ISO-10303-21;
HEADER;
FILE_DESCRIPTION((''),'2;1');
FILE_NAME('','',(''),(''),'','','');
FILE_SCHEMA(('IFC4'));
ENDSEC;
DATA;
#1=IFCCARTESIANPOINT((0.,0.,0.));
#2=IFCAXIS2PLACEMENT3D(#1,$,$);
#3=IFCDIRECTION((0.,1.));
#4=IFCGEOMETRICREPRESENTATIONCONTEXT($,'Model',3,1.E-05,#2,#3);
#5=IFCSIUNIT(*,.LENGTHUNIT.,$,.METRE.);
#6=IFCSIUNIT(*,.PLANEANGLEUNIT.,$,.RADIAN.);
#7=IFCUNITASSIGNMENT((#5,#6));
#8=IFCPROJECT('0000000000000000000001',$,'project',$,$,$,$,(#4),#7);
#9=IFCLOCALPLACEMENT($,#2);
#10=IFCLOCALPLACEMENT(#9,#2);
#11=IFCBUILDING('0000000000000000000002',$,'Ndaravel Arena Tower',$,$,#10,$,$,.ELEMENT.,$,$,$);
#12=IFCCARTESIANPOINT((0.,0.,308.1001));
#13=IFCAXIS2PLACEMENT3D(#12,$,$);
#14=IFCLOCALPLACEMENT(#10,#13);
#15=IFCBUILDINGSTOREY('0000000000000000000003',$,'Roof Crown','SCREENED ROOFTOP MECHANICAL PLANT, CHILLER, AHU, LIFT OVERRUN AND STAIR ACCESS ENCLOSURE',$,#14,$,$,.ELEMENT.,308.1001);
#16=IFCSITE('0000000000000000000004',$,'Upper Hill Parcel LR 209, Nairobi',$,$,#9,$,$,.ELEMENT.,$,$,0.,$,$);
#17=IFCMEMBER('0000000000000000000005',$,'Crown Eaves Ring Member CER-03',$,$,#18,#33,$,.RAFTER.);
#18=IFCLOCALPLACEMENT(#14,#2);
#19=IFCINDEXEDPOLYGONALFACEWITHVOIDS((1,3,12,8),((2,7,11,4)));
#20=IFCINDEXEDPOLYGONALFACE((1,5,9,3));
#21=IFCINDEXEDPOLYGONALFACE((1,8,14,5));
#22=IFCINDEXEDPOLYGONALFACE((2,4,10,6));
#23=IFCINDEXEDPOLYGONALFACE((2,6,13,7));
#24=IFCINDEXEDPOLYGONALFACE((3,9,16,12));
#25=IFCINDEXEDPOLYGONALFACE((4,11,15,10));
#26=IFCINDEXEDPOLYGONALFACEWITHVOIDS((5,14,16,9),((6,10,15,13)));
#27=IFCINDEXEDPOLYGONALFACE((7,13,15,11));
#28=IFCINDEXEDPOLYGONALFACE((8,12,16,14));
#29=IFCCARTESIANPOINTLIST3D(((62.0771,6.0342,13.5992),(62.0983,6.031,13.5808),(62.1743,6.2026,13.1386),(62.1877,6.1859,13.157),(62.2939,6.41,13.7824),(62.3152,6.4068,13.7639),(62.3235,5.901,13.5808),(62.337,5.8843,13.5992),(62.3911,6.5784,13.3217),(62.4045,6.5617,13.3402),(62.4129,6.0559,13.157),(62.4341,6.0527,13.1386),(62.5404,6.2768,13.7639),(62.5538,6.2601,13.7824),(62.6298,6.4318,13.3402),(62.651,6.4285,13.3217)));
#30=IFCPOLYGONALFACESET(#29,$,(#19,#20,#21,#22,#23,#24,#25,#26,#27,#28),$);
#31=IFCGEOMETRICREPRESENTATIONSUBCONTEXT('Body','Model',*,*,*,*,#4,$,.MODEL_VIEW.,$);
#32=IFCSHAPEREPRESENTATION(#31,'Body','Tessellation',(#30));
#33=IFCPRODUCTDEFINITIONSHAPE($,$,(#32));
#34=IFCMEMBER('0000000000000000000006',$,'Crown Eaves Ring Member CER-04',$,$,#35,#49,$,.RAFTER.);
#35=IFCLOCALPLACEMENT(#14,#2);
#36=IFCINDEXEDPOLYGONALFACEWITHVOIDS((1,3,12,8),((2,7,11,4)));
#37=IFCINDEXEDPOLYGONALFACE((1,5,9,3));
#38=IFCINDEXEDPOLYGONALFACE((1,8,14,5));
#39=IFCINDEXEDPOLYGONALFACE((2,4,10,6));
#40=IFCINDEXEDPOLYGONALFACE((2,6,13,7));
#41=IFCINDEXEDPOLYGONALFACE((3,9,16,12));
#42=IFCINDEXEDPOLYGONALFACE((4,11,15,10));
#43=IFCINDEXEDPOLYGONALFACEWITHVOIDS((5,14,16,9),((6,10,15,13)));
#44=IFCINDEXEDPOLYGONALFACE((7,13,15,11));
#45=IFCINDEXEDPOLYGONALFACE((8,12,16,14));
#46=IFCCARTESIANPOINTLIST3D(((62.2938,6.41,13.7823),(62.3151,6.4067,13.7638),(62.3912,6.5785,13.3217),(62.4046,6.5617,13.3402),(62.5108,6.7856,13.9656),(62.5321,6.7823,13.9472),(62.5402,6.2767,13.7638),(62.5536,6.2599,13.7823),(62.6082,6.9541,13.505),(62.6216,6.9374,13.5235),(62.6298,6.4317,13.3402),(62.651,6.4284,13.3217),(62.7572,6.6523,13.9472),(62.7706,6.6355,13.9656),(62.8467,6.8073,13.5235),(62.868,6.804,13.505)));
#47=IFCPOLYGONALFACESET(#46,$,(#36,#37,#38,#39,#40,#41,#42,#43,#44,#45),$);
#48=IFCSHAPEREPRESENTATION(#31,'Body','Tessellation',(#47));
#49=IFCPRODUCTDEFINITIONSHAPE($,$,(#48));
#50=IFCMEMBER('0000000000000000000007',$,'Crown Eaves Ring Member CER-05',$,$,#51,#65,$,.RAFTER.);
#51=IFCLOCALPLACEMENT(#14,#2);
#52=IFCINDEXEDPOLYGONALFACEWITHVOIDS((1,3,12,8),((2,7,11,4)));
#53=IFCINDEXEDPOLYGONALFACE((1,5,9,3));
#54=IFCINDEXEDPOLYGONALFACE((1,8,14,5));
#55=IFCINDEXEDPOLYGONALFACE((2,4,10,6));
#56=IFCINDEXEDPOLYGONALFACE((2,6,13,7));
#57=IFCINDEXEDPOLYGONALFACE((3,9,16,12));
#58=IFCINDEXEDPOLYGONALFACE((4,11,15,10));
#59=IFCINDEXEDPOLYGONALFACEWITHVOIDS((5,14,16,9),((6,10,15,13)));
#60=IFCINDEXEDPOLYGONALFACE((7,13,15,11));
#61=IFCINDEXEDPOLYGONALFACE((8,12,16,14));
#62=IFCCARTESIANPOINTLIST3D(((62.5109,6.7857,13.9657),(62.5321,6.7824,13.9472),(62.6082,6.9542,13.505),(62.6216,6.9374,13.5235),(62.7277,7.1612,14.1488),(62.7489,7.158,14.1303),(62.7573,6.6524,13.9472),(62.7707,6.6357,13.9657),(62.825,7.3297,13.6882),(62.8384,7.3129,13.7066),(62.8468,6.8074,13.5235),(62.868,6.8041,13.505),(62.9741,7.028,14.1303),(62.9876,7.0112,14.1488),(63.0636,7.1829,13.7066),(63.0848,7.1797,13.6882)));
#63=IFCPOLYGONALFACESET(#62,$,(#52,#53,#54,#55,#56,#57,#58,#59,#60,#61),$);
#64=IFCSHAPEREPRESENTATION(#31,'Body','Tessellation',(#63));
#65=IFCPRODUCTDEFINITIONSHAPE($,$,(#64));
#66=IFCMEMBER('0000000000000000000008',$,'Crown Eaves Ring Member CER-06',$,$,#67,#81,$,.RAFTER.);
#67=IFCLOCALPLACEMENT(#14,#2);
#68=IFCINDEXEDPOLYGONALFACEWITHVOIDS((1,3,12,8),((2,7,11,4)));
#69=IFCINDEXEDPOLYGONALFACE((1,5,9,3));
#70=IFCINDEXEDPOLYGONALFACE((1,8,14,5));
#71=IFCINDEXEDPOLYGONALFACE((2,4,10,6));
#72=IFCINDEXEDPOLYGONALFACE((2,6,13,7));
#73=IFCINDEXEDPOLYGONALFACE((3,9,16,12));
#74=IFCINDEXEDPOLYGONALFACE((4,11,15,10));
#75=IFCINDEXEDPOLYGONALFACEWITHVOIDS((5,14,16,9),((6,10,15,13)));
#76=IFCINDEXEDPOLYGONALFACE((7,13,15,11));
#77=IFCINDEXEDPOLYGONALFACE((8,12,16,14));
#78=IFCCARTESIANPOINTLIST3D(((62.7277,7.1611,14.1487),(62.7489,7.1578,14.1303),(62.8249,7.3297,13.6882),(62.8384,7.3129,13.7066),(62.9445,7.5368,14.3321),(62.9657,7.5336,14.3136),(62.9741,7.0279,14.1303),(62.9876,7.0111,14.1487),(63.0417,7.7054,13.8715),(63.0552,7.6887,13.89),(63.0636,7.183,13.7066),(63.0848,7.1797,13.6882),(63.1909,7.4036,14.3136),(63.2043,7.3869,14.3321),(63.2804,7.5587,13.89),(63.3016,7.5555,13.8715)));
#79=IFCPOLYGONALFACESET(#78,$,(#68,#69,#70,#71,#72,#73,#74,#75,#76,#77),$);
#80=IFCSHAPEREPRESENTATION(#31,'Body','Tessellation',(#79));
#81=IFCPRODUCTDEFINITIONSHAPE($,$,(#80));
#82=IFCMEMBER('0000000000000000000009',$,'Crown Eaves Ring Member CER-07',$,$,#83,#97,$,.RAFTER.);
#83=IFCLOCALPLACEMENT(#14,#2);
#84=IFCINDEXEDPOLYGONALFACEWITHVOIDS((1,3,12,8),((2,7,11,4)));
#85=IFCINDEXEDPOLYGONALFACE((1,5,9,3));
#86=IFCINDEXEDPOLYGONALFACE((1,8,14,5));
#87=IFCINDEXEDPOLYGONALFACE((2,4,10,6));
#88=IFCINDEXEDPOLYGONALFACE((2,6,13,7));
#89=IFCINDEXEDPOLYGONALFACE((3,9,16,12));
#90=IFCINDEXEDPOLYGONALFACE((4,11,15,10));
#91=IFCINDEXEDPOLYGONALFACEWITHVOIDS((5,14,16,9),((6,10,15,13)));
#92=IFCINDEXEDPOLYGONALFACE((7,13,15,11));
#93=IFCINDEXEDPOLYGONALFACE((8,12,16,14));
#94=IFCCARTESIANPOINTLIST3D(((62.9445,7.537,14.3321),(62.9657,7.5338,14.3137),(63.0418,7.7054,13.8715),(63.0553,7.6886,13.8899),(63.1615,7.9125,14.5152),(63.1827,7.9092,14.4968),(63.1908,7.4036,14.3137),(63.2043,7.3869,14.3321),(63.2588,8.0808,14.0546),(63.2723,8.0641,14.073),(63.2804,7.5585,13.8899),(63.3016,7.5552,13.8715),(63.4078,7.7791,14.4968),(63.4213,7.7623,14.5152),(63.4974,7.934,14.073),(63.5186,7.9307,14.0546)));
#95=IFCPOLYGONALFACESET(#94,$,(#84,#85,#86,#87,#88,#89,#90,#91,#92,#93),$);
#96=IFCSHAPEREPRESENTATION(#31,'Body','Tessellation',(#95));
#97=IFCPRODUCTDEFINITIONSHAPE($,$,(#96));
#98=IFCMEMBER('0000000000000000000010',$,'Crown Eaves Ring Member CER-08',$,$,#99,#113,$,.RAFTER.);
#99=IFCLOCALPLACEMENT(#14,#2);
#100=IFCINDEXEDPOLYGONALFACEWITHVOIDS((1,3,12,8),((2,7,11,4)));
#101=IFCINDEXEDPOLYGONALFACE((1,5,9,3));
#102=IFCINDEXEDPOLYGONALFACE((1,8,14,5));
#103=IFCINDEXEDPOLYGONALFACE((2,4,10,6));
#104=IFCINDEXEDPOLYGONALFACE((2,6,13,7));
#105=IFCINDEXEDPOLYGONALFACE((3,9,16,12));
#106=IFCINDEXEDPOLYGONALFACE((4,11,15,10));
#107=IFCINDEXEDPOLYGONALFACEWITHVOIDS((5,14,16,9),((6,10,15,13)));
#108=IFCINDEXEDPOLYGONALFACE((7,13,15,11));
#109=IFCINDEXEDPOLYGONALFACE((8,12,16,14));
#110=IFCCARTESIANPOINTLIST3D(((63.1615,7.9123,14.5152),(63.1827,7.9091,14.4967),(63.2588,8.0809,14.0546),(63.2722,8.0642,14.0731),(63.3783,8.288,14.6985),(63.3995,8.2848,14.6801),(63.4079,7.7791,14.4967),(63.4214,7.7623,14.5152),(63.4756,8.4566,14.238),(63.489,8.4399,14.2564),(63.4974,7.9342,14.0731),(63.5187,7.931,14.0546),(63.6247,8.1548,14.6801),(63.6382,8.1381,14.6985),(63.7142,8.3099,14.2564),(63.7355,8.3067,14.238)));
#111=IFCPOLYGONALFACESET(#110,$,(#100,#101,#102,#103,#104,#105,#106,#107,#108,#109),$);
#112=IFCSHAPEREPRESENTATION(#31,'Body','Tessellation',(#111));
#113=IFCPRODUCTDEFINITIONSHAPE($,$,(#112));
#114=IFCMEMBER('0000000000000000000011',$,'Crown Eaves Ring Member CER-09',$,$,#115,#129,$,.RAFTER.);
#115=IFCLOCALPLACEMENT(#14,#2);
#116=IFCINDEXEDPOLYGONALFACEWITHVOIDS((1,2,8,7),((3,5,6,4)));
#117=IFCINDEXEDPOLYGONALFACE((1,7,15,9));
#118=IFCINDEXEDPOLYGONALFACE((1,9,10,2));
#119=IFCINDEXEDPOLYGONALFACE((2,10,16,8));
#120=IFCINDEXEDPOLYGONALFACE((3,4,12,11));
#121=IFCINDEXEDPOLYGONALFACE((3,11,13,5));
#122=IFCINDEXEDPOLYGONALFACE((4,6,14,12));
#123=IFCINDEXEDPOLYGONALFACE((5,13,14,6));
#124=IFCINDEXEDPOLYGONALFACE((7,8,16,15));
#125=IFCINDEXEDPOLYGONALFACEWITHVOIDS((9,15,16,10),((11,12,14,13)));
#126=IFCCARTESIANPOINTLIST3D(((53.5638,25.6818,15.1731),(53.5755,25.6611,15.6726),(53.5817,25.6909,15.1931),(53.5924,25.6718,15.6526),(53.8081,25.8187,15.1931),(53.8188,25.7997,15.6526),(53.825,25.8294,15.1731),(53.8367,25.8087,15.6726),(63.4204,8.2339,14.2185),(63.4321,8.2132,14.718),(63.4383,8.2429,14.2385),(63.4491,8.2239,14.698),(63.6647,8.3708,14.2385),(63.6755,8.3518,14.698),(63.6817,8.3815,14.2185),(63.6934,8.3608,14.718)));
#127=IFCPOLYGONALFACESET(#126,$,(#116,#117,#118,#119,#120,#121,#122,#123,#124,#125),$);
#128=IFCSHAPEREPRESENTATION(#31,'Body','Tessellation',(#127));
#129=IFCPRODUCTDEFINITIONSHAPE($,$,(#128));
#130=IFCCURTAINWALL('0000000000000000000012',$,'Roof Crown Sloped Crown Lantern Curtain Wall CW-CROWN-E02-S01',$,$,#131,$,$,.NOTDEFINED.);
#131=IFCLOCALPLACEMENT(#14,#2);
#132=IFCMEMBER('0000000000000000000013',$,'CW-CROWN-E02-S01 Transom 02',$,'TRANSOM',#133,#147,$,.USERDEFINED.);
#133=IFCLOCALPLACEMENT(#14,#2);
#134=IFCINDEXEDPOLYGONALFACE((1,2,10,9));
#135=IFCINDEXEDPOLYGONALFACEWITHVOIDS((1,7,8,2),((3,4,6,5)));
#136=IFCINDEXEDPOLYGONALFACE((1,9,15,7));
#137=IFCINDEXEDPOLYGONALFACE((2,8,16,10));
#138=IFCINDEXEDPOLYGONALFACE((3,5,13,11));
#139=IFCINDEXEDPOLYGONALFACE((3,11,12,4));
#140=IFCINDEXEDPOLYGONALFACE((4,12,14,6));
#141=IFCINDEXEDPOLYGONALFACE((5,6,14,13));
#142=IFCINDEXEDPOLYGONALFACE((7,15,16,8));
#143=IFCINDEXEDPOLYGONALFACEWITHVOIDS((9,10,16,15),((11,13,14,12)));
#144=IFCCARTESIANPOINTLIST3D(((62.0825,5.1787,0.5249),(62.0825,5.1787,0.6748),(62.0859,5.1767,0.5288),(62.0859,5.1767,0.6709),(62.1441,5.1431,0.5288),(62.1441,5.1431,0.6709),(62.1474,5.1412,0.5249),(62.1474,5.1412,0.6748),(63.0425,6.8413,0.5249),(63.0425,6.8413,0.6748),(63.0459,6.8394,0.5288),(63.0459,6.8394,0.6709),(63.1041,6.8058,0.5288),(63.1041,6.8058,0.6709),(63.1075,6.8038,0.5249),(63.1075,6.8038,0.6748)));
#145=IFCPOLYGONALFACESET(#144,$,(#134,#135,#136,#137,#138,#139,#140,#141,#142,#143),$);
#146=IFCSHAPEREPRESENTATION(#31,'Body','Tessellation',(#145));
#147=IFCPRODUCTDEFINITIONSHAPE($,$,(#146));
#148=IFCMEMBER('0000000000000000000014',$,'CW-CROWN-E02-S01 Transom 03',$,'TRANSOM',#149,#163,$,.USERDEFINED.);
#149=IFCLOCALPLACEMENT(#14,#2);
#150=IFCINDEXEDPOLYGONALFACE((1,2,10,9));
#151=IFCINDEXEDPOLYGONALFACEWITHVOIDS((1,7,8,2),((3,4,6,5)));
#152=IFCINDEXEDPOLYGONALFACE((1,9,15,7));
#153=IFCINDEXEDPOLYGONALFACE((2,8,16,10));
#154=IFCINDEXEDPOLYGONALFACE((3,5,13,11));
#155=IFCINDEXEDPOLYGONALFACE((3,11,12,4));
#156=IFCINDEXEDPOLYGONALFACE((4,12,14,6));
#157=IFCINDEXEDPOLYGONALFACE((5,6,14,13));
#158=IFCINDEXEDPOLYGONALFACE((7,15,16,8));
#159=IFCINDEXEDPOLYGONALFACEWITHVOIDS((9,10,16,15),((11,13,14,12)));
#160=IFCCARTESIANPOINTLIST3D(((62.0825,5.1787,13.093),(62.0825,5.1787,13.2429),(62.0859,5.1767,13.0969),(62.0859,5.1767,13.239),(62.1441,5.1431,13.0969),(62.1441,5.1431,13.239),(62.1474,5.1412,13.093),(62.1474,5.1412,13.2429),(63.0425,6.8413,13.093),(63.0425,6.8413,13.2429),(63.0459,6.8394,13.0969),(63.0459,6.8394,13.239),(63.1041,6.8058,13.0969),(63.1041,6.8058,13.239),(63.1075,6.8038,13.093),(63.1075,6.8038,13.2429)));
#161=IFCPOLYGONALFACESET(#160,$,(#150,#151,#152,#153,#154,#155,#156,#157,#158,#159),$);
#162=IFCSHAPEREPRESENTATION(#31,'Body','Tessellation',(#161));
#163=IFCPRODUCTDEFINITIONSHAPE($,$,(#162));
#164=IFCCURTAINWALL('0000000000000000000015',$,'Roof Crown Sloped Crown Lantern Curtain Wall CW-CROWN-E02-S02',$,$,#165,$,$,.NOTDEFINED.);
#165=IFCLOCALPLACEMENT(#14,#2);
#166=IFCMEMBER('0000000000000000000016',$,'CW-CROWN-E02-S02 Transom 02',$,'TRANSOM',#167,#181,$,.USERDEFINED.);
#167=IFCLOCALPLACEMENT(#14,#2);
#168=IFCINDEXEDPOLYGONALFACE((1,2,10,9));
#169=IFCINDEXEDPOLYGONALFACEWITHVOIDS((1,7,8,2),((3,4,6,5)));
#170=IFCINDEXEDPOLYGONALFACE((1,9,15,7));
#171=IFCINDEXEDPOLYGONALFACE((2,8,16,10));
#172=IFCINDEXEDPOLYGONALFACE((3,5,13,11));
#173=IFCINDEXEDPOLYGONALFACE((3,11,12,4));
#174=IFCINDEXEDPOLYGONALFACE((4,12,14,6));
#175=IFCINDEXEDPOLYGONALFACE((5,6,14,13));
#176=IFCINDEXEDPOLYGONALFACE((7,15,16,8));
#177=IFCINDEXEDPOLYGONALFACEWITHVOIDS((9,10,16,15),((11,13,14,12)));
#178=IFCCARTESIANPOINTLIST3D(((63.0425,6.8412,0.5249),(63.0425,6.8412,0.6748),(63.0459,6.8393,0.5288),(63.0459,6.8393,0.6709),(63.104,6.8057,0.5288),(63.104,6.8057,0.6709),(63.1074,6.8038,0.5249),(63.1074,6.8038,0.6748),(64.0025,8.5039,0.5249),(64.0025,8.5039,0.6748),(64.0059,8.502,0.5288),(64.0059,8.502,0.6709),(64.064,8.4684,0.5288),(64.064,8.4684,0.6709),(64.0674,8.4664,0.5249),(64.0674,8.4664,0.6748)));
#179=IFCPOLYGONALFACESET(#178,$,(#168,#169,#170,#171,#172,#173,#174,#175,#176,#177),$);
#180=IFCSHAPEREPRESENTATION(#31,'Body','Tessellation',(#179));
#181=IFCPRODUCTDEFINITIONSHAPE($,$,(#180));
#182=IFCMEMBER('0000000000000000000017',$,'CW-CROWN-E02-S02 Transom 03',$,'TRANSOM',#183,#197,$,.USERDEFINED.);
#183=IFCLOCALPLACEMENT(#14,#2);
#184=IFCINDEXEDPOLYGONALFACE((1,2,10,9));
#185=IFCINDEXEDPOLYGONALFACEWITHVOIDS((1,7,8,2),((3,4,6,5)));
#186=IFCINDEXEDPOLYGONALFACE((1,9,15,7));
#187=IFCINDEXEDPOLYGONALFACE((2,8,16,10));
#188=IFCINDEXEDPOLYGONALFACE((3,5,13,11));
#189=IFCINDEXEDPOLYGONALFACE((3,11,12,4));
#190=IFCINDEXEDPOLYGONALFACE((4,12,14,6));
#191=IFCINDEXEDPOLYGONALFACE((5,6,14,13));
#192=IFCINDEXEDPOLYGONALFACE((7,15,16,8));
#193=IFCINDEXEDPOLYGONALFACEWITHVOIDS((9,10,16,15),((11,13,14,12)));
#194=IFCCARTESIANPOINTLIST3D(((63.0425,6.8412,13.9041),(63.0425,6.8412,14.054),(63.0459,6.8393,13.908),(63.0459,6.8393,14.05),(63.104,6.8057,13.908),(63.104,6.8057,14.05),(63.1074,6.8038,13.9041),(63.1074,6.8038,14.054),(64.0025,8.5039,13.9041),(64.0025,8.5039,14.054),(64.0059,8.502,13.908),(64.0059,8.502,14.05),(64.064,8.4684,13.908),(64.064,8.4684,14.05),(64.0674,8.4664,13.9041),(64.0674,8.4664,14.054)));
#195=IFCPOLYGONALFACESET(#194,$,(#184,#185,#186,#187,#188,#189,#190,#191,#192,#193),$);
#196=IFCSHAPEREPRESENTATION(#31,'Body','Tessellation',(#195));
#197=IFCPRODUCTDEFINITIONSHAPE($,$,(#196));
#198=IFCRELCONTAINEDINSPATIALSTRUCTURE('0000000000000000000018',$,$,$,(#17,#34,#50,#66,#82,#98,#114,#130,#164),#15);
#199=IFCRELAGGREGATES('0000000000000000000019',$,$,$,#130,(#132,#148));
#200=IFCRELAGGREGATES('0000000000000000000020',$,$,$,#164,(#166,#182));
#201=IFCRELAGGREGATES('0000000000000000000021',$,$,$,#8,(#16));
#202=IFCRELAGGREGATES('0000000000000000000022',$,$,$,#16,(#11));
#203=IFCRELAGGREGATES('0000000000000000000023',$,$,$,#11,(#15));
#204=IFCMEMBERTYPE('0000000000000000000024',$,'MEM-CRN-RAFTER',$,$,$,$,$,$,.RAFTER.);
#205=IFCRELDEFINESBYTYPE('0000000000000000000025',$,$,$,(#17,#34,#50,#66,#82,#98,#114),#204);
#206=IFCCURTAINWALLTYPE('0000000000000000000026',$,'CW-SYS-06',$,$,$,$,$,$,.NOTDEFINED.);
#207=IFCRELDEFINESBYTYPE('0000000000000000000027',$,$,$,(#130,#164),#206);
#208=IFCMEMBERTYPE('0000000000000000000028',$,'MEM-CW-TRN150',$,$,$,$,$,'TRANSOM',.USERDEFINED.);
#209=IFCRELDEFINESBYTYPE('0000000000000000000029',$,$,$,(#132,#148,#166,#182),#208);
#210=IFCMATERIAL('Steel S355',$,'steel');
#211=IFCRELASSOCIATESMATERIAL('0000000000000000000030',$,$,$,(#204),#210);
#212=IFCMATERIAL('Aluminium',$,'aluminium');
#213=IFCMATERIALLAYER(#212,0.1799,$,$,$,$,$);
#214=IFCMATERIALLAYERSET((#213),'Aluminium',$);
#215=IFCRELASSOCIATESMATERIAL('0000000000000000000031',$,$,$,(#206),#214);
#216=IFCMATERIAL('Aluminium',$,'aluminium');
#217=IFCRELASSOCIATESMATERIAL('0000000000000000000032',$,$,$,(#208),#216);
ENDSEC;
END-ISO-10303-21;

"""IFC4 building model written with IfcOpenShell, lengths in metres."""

from ifc_helpers import new_model, si_unit, direction, frame, origin, origin_2d, place, context, subcontext, project, spatial, hollow_rectangle, extrude, material, layer, layer_set, material_profile, profile_set, type_object, element, aggregate, save


model = new_model("IFC4")

# Units and contexts
model_context = context("Model", 3, precision=1e-05, world=origin(), true_north=direction((0.0, 1.0)))
body_context = subcontext(model_context, "Body", "Model", "MODEL_VIEW")
ifc_project = project(units=[si_unit("LENGTHUNIT", "METRE"), si_unit("PLANEANGLEUNIT", "RADIAN")], contexts=[model_context])

# Site, building, storey
site_placement = place(None, origin())
site = spatial("IfcSite", under=ifc_project, at=site_placement, Name="Upper Hill Parcel LR 209, Nairobi", CompositionType="ELEMENT", RefElevation=0.0)
building_placement = place(site_placement, origin())
building = spatial("IfcBuilding", under=site, at=building_placement, Name="Ndaravel Arena Tower", CompositionType="ELEMENT")
storey_placement = place(building_placement, frame((0.0, 0.0, 308.1001)))
storey = spatial("IfcBuildingStorey", under=building, at=storey_placement, Name="Roof Crown", Description="SCREENED ROOFTOP MECHANICAL PLANT, CHILLER, AHU, LIFT OVERRUN AND STAIR ACCESS ENCLOSURE", CompositionType="ELEMENT", Elevation=308.1001)

# Members
ifc_material_1 = material(Name="Steel S355", Category="steel")
ifc_material_profile_1 = material_profile(ifc_material_1, hollow_rectangle(XDim=0.3, YDim=0.5, WallThickness=0.02, at=origin_2d()), Name="RHS 500x300x20")
ifc_profile_set_1 = profile_set([ifc_material_profile_1], Name="Steel S355")
member_type_1 = type_object("IfcMemberType", Name="MEM-CRN-RAFTER", PredefinedType="RAFTER", material=ifc_profile_set_1)
for number, where, z_axis, x_axis, name in (
    (1, (62.2556, 6.0435, 13.3689), (0.460433, 0.797981, 0.38888), (-0.866157, 0.499771, 0.0), "Crown Eaves Ring Member CER-03"),
    (2, (62.4724, 6.4192, 13.552), (0.460749, 0.79763, 0.389227), (-0.865914, 0.500193, 0.0), "Crown Eaves Ring Member CER-04"),
):
    element("IfcMember", number, at=place(storey_placement, frame(where, z_axis=z_axis, x_axis=x_axis)), inside=storey, type_object=member_type_1, Name=name, PredefinedType="RAFTER", context=body_context, shape_type="SweptSolid", body=[
        extrude(hollow_rectangle(XDim=0.3, YDim=0.5, WallThickness=0.02, at=origin_2d()), origin(), (0.0, 0.0, 1.0), 0.4709),
    ])
member_1_placement = place(storey_placement, frame((62.6895, 6.7949, 13.7354), z_axis=(0.460624, 0.797793, 0.389041), x_axis=(-0.866017, 0.500015, 0.0)))
element("IfcMember", 3, at=member_1_placement, inside=storey, type_object=member_type_1, Name="Crown Eaves Ring Member CER-05", PredefinedType="RAFTER", context=body_context, shape_type="SweptSolid", body=[
    extrude(hollow_rectangle(XDim=0.3, YDim=0.5, WallThickness=0.02, at=origin_2d()), origin(), (0.0, 0.0, 1.0), 0.4707),
])
member_2_placement = place(storey_placement, frame((62.9062, 7.1704, 13.9185), z_axis=(0.460341, 0.79782, 0.38932), x_axis=(-0.866157, 0.499771, 0.0)))
element("IfcMember", 4, at=member_2_placement, inside=storey, type_object=member_type_1, Name="Crown Eaves Ring Member CER-06", PredefinedType="RAFTER", context=body_context, shape_type="SweptSolid", body=[
    extrude(hollow_rectangle(XDim=0.3, YDim=0.5, WallThickness=0.02, at=origin_2d()), origin(), (0.0, 0.0, 1.0), 0.4709),
])
member_3_placement = place(storey_placement, frame((63.123, 7.5461, 14.1018), z_axis=(0.461033, 0.797602, 0.388948), x_axis=(-0.865773, 0.500437, 0.0)))
element("IfcMember", 5, at=member_3_placement, inside=storey, type_object=member_type_1, Name="Crown Eaves Ring Member CER-07", PredefinedType="RAFTER", context=body_context, shape_type="SweptSolid", body=[
    extrude(hollow_rectangle(XDim=0.3, YDim=0.5, WallThickness=0.02, at=origin_2d()), origin(), (0.0, 0.0, 1.0), 0.4707),
])
member_4_placement = place(storey_placement, frame((63.3401, 7.9216, 14.2849), z_axis=(0.460341, 0.79782, 0.38932), x_axis=(-0.866157, 0.499771, 0.0)))
element("IfcMember", 6, at=member_4_placement, inside=storey, type_object=member_type_1, Name="Crown Eaves Ring Member CER-08", PredefinedType="RAFTER", context=body_context, shape_type="SweptSolid", body=[
    extrude(hollow_rectangle(XDim=0.3, YDim=0.5, WallThickness=0.02, at=origin_2d()), origin(), (0.0, 0.0, 1.0), 0.4709),
])
member_5_placement = place(storey_placement, frame((63.5569, 8.2974, 14.4683), z_axis=(-0.491303, 0.869688, 0.047581), x_axis=(-0.870674, -0.49186, 0.0)))
element("IfcMember", 7, at=member_5_placement, inside=storey, type_object=member_type_1, Name="Crown Eaves Ring Member CER-09", PredefinedType="RAFTER", context=body_context, shape_type="SweptSolid", body=[
    extrude(hollow_rectangle(XDim=0.3, YDim=0.5, WallThickness=0.02, at=origin_2d()), origin(), (0.0, 0.0, 1.0), 20.0623),
])

# Curtain walls, members
ifc_material_2 = material(Name="Aluminium", Category="aluminium")
ifc_layer_1 = layer(ifc_material_2, 0.1799)
ifc_layer_set_1 = layer_set([ifc_layer_1], Name="Aluminium")
curtain_wall_type = type_object("IfcCurtainWallType", Name="CW-SYS-06", PredefinedType="NOTDEFINED", material=ifc_layer_set_1)
curtain_wall_1_placement = place(storey_placement, origin())
curtain_wall_1 = element("IfcCurtainWall", 8, at=curtain_wall_1_placement, inside=storey, type_object=curtain_wall_type, Name="Roof Crown Sloped Crown Lantern Curtain Wall CW-CROWN-E02-S01", PredefinedType="NOTDEFINED")
ifc_material_3 = material(Name="Aluminium", Category="aluminium")
ifc_material_profile_2 = material_profile(ifc_material_3, hollow_rectangle(XDim=0.075, YDim=0.1499, WallThickness=0.0039, at=origin_2d()), Name="CW TRANSOM 75x150x4")
ifc_profile_set_2 = profile_set([ifc_material_profile_2], Name="Aluminium")
member_type_2 = type_object("IfcMemberType", Name="MEM-CW-TRN150", ElementType="TRANSOM", PredefinedType="USERDEFINED", material=ifc_profile_set_2)
member_6_placement = place(storey_placement, frame((62.115, 5.1599, 0.5999), z_axis=(0.500023, 0.866012, 0.0), x_axis=(-0.866012, 0.500023, 0.0)))
member_6 = element("IfcMember", 9, at=member_6_placement, type_object=member_type_2, Name="CW-CROWN-E02-S01 Transom 02", ObjectType="TRANSOM", PredefinedType="USERDEFINED", context=body_context, shape_type="SweptSolid", body=[
    extrude(hollow_rectangle(XDim=0.075, YDim=0.1499, WallThickness=0.0039, at=origin_2d()), origin(), (0.0, 0.0, 1.0), 1.9199),
])
member_7_placement = place(storey_placement, frame((62.115, 5.1599, 13.168), z_axis=(0.500023, 0.866012, 0.0), x_axis=(-0.866012, 0.500023, 0.0)))
member_7 = element("IfcMember", 10, at=member_7_placement, type_object=member_type_2, Name="CW-CROWN-E02-S01 Transom 03", ObjectType="TRANSOM", PredefinedType="USERDEFINED", context=body_context, shape_type="SweptSolid", body=[
    extrude(hollow_rectangle(XDim=0.075, YDim=0.1499, WallThickness=0.0039, at=origin_2d()), origin(), (0.0, 0.0, 1.0), 1.9199),
])
curtain_wall_2_placement = place(storey_placement, origin())
curtain_wall_2 = element("IfcCurtainWall", 11, at=curtain_wall_2_placement, inside=storey, type_object=curtain_wall_type, Name="Roof Crown Sloped Crown Lantern Curtain Wall CW-CROWN-E02-S02", PredefinedType="NOTDEFINED")
member_8_placement = place(storey_placement, frame((63.075, 6.8225, 0.5999), z_axis=(0.500023, 0.866012, 0.0), x_axis=(-0.866012, 0.500023, 0.0)))
member_8 = element("IfcMember", 12, at=member_8_placement, type_object=member_type_2, Name="CW-CROWN-E02-S02 Transom 02", ObjectType="TRANSOM", PredefinedType="USERDEFINED", context=body_context, shape_type="SweptSolid", body=[
    extrude(hollow_rectangle(XDim=0.075, YDim=0.1499, WallThickness=0.0039, at=origin_2d()), origin(), (0.0, 0.0, 1.0), 1.9199),
])
member_9_placement = place(storey_placement, frame((63.075, 6.8225, 13.979), z_axis=(0.500023, 0.866012, 0.0), x_axis=(-0.866012, 0.500023, 0.0)))
member_9 = element("IfcMember", 13, at=member_9_placement, type_object=member_type_2, Name="CW-CROWN-E02-S02 Transom 03", ObjectType="TRANSOM", PredefinedType="USERDEFINED", context=body_context, shape_type="SweptSolid", body=[
    extrude(hollow_rectangle(XDim=0.075, YDim=0.1499, WallThickness=0.0039, at=origin_2d()), origin(), (0.0, 0.0, 1.0), 1.9199),
])

aggregate(curtain_wall_1, [member_6, member_7])
aggregate(curtain_wall_2, [member_8, member_9])

save(model, "model.ifc")
